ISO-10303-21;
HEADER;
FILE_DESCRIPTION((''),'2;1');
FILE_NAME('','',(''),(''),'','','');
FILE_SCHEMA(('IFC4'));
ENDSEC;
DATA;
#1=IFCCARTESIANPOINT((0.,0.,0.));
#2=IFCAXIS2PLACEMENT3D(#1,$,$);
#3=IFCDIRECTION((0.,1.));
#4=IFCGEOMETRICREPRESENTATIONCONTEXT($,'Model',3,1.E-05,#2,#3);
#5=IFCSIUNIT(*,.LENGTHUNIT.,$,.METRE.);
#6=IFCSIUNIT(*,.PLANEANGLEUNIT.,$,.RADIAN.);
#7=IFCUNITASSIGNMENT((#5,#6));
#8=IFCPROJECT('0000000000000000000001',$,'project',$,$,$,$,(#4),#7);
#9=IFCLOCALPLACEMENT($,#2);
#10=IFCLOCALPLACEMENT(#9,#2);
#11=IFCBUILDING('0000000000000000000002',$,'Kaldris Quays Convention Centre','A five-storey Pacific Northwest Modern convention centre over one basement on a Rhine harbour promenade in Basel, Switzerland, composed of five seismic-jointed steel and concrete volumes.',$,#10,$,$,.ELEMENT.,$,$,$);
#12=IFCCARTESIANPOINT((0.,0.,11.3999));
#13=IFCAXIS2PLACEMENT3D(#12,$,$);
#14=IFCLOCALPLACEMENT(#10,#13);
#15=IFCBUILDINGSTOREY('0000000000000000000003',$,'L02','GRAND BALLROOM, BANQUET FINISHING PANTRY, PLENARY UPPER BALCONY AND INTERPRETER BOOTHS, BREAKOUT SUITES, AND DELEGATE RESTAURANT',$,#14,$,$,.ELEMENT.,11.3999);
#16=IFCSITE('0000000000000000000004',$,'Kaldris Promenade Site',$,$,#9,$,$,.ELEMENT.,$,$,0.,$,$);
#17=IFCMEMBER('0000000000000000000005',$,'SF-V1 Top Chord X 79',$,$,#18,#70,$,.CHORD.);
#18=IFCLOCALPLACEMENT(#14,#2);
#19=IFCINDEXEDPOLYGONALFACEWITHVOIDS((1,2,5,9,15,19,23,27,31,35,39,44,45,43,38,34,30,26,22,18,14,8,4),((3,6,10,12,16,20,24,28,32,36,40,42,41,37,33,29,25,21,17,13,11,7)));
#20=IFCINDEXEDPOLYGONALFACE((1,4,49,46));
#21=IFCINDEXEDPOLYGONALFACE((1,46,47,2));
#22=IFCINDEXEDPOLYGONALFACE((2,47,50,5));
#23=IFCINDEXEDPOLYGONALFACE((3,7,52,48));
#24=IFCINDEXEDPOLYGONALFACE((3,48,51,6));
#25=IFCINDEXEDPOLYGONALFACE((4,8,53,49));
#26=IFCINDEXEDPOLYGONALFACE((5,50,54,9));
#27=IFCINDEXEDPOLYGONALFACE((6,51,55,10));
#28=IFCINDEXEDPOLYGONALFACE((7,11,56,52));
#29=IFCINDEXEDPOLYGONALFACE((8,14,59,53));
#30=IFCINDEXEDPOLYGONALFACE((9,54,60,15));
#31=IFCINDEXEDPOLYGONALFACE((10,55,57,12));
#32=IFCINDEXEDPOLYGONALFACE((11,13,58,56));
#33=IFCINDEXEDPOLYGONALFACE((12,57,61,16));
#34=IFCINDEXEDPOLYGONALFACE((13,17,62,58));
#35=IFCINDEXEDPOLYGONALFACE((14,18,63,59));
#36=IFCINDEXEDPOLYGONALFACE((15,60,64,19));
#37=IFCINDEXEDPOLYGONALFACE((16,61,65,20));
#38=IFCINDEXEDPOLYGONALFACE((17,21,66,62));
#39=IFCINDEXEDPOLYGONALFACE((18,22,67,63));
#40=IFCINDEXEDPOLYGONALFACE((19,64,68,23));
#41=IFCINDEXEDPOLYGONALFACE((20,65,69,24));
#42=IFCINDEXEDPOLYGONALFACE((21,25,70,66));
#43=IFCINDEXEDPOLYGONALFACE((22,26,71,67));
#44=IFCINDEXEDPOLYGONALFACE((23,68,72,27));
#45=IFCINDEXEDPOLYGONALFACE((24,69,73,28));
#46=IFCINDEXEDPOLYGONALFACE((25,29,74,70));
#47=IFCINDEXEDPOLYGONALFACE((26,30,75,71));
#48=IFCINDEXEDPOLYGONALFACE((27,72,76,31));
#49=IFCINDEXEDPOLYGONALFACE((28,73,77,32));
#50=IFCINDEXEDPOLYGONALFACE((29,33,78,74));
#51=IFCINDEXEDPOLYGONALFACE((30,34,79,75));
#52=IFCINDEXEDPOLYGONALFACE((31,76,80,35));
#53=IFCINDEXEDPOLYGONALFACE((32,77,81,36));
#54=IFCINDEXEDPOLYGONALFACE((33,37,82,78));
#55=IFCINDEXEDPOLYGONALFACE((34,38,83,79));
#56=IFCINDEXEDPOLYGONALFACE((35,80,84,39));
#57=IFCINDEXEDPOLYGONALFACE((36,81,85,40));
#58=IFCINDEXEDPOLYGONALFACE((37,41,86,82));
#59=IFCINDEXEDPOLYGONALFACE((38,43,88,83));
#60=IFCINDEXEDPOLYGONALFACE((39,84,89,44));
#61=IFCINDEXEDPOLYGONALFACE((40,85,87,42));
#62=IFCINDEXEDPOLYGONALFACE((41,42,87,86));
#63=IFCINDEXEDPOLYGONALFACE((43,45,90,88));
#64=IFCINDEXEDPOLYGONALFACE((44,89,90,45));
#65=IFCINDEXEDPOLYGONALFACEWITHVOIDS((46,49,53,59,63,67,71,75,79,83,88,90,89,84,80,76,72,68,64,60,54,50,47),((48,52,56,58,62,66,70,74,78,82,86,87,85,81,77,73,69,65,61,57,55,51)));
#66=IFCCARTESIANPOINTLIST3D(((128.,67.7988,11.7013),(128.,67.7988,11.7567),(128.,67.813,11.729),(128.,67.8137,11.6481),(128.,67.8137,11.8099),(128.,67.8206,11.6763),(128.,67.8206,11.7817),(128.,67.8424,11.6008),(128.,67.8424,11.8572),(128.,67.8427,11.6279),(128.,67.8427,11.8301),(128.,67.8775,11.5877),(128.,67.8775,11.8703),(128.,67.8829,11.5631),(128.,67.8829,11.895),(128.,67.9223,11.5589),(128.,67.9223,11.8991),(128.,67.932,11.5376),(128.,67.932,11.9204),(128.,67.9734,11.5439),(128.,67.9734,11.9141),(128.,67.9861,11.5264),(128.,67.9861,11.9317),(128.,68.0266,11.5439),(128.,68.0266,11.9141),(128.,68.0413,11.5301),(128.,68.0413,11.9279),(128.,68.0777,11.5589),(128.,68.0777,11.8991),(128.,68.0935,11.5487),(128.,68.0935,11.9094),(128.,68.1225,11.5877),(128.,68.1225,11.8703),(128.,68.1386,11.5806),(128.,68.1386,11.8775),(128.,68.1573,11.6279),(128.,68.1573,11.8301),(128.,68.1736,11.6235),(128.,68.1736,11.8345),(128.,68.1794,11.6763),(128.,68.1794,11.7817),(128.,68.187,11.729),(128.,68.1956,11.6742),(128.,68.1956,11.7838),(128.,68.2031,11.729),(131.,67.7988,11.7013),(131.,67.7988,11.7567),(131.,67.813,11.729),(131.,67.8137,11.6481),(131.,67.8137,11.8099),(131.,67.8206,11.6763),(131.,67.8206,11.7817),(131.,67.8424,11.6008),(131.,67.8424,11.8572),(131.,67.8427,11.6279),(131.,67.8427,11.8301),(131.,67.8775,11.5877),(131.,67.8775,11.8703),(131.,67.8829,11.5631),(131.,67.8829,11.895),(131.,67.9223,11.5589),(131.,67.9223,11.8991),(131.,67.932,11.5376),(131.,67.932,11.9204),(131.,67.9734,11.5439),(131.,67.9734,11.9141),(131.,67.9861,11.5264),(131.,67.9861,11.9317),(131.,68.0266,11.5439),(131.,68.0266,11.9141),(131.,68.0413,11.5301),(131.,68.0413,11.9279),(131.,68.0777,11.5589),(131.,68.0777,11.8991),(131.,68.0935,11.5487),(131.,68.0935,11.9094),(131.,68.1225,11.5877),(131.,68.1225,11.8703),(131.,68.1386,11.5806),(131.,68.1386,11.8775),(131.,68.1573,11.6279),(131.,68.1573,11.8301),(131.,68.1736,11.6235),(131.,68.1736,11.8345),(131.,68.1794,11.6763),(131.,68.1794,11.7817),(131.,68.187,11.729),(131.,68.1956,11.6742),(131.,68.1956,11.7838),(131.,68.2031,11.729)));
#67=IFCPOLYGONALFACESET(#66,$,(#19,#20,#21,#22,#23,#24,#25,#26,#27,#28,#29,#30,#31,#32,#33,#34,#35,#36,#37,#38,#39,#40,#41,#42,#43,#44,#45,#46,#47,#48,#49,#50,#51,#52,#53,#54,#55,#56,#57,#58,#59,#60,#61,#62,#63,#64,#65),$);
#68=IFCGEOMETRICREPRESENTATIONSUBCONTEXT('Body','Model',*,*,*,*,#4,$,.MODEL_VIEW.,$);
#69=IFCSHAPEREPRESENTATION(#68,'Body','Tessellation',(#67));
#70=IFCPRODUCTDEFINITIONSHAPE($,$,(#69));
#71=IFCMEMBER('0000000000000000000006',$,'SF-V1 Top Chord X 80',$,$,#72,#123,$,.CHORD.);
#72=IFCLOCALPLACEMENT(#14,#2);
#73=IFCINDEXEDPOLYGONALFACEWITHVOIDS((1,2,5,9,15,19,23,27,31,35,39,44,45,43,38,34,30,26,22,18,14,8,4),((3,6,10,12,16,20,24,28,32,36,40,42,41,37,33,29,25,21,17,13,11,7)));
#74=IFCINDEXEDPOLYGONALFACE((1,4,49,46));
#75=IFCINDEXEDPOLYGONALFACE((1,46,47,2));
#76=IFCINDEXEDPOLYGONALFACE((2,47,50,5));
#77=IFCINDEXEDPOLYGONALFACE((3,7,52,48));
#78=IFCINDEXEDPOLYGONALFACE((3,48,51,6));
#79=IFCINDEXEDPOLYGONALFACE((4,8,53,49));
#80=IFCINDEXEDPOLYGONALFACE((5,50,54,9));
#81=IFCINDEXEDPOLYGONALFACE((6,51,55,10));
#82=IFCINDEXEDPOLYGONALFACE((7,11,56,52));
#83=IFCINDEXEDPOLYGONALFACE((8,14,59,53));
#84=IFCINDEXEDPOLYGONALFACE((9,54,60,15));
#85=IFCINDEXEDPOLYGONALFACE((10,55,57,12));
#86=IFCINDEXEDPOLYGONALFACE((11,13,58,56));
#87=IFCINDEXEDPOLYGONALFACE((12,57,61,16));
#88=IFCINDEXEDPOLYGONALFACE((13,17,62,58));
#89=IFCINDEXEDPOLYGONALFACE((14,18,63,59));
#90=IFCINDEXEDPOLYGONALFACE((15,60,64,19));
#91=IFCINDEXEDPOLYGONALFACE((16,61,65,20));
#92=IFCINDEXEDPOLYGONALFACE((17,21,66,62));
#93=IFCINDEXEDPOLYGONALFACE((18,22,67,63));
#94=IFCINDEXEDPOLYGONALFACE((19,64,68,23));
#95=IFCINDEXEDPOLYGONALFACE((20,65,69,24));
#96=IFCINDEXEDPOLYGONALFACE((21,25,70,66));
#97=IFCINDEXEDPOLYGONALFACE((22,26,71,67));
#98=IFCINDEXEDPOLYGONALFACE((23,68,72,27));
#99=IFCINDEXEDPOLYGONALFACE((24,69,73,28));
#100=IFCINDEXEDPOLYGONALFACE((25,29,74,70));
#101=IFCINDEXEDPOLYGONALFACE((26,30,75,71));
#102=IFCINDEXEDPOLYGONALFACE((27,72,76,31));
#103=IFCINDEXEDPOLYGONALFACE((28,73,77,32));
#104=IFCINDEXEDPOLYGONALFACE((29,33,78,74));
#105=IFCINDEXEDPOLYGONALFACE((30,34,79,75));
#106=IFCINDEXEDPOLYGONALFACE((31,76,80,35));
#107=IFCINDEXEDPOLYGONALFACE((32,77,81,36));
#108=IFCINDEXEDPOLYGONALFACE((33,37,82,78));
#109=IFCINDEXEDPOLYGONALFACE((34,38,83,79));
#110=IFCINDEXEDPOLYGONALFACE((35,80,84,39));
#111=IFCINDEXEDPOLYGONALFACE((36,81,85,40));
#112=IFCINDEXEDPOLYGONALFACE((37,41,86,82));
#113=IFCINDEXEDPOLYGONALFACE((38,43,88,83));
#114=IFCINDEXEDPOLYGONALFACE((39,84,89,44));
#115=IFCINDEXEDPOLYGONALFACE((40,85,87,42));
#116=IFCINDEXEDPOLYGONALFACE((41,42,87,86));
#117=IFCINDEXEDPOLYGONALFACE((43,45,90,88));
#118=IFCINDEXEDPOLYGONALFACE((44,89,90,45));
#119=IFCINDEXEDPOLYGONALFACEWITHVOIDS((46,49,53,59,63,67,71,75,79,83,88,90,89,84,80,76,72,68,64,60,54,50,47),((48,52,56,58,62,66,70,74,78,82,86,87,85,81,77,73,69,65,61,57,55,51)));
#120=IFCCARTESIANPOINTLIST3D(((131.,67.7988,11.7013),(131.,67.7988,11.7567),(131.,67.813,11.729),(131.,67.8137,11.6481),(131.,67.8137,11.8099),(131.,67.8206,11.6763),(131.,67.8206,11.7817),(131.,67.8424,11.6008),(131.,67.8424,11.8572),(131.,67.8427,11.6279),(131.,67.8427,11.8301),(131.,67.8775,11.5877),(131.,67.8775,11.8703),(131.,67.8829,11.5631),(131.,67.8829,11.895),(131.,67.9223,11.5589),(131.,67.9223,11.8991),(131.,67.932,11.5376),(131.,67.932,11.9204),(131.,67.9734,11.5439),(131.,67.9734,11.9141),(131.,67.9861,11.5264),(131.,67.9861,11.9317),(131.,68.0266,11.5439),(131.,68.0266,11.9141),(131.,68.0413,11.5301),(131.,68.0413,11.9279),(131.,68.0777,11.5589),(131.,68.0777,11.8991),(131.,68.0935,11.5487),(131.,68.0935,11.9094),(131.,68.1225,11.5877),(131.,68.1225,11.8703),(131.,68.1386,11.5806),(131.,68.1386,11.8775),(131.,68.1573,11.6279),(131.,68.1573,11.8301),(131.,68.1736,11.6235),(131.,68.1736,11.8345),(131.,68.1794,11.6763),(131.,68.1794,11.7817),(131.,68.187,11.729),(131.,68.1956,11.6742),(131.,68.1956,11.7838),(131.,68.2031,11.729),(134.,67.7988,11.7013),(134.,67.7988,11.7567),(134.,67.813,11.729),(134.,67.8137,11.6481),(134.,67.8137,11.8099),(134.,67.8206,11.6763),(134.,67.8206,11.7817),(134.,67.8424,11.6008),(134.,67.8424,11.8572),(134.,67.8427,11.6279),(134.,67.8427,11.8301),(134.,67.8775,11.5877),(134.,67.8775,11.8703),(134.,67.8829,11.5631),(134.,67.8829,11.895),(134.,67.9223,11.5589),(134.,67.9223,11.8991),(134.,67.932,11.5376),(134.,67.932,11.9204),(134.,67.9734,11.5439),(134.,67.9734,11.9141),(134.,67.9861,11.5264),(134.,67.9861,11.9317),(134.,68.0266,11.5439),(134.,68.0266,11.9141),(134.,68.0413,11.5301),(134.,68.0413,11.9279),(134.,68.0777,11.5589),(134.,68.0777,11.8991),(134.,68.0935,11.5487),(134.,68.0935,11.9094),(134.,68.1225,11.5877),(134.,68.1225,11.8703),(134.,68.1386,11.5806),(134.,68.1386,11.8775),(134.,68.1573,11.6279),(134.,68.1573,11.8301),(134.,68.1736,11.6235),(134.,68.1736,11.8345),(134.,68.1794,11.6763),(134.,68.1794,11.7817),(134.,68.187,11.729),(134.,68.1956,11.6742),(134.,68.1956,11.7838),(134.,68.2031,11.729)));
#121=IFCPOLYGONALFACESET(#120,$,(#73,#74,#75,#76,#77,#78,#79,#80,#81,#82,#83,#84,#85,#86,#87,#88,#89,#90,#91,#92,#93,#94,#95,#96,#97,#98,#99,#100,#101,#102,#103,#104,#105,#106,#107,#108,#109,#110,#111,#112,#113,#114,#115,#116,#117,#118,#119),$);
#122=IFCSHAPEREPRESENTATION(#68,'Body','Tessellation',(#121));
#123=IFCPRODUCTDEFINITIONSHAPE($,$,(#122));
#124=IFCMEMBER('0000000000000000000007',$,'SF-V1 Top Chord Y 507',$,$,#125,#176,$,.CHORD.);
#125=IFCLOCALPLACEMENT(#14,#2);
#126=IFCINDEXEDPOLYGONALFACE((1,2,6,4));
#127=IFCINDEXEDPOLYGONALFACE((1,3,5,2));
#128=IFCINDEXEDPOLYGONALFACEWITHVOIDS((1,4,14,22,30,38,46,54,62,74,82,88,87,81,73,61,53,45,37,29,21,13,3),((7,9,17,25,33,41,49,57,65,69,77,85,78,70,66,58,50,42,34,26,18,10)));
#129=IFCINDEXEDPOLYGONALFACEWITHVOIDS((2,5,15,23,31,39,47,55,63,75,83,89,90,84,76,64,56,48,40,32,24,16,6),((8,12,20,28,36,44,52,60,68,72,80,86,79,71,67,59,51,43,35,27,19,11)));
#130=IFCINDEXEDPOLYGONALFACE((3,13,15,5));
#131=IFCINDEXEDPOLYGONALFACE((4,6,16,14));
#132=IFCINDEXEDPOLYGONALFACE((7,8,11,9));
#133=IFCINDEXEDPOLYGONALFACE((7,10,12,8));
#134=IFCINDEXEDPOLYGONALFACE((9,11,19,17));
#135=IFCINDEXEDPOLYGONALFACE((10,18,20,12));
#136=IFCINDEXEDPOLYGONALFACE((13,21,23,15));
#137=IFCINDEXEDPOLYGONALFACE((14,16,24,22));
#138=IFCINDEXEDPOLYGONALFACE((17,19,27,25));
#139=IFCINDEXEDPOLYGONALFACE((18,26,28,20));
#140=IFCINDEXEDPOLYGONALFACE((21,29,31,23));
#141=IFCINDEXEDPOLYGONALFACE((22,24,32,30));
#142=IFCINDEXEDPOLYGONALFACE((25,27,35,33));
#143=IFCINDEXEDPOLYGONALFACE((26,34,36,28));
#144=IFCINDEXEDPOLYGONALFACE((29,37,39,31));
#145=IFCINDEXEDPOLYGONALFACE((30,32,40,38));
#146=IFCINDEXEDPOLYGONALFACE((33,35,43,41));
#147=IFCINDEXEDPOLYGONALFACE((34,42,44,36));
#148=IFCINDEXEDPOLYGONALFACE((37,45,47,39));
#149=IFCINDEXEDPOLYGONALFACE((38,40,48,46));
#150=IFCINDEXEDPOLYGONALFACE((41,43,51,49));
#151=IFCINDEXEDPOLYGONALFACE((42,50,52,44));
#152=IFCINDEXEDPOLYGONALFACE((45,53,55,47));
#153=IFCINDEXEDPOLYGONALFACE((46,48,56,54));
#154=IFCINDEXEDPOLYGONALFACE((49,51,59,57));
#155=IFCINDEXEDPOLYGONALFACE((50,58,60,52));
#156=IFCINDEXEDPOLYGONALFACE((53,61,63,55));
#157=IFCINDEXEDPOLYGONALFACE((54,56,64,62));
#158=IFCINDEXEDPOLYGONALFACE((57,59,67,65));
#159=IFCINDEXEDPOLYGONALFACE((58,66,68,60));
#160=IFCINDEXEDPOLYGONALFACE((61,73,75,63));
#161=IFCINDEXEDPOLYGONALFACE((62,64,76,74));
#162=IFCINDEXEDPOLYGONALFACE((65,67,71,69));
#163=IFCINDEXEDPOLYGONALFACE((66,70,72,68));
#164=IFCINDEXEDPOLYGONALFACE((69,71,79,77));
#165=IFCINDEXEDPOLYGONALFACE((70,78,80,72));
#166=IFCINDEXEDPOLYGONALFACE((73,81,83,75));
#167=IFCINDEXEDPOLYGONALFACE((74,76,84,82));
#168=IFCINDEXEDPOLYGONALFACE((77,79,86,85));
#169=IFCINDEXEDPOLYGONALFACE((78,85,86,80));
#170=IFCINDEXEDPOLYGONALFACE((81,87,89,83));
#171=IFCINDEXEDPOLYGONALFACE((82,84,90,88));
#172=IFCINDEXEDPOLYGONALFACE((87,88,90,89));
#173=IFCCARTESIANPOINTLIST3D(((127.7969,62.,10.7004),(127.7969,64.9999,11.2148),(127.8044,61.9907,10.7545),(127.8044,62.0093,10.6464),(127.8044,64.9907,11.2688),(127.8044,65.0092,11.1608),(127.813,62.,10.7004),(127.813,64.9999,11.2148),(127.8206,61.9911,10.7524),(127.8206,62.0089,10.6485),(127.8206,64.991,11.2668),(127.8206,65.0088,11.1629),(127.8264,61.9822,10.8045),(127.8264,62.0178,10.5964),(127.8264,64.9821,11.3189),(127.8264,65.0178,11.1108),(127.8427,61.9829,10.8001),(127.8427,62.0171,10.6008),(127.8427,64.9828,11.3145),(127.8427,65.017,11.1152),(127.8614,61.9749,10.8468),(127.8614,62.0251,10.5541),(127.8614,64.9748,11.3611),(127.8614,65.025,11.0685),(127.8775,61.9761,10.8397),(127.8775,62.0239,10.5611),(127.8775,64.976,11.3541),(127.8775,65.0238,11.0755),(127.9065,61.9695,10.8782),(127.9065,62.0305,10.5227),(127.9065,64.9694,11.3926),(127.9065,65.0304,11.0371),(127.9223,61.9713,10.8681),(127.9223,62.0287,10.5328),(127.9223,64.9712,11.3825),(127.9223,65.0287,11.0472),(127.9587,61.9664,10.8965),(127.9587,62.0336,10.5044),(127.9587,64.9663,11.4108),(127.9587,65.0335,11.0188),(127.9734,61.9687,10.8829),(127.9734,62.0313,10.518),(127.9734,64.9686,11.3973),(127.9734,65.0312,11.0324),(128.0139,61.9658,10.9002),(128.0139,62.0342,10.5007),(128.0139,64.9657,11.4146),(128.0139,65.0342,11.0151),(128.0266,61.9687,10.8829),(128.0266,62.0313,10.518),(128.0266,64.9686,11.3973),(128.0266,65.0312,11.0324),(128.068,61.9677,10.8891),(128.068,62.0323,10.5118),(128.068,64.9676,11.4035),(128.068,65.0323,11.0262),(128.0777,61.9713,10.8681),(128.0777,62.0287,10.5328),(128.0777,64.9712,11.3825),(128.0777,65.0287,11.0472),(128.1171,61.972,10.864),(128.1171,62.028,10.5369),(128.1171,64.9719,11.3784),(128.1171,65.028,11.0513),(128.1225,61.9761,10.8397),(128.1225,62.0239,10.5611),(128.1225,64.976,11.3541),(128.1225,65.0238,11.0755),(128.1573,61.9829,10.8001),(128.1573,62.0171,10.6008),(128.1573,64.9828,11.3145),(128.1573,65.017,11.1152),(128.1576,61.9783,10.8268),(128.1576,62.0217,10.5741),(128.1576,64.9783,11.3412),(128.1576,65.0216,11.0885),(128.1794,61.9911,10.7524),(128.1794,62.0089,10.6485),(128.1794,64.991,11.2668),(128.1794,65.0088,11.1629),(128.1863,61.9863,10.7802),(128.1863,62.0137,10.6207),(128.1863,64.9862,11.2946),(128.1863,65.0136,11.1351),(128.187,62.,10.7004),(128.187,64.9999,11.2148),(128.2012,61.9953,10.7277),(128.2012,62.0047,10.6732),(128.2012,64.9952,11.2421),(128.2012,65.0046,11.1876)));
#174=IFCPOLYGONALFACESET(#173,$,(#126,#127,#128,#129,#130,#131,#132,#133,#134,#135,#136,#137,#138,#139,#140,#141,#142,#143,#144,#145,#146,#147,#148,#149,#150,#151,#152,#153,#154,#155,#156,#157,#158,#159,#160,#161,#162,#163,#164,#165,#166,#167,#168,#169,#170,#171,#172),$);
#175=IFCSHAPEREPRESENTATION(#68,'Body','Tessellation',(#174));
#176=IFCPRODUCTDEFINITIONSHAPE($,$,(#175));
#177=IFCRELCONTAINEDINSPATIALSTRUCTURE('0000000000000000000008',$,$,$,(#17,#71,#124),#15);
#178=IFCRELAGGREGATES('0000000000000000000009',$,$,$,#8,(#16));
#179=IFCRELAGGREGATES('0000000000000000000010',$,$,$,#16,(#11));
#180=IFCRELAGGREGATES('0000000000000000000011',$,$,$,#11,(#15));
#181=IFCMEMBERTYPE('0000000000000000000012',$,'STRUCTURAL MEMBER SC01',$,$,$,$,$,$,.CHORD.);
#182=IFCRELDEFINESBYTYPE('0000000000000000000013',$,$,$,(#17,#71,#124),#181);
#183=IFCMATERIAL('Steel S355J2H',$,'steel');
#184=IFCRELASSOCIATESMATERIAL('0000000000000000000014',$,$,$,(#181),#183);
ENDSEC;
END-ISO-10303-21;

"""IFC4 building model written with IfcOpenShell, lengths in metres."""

from ifc_helpers import new_model, si_unit, direction, frame, origin, origin_2d, place, context, subcontext, project, spatial, hollow_circle, extrude, material, material_profile, profile_set, type_object, element, save


model = new_model("IFC4")

# Units and contexts
model_context = context("Model", 3, precision=1e-05, world=origin(), true_north=direction((0.0, 1.0)))
body_context = subcontext(model_context, "Body", "Model", "MODEL_VIEW")
ifc_project = project(units=[si_unit("LENGTHUNIT", "METRE"), si_unit("PLANEANGLEUNIT", "RADIAN")], contexts=[model_context])

# Site, building, storey
site_placement = place(None, origin())
site = spatial("IfcSite", under=ifc_project, at=site_placement, Name="Kaldris Promenade Site", CompositionType="ELEMENT", RefElevation=0.0)
building_placement = place(site_placement, origin())
building = spatial("IfcBuilding", under=site, at=building_placement, Name="Kaldris Quays Convention Centre", Description="A five-storey Pacific Northwest Modern convention centre over one basement on a Rhine harbour promenade in Basel, Switzerland, composed of five seismic-jointed steel and concrete volumes.", CompositionType="ELEMENT")
storey_placement = place(building_placement, frame((0.0, 0.0, 11.3999)))
storey = spatial("IfcBuildingStorey", under=building, at=storey_placement, Name="L02", Description="GRAND BALLROOM, BANQUET FINISHING PANTRY, PLENARY UPPER BALCONY AND INTERPRETER BOOTHS, BREAKOUT SUITES, AND DELEGATE RESTAURANT", CompositionType="ELEMENT", Elevation=11.3999)

# Members
ifc_material_1 = material(Name="Steel S355J2H", Category="steel")
ifc_material_profile_1 = material_profile(ifc_material_1, hollow_circle(Radius=0.2031, WallThickness=0.0161, at=origin_2d()), Name="CHS 406.4x16")
ifc_profile_set_1 = profile_set([ifc_material_profile_1], Name="Steel S355J2H")
member_type_1 = type_object("IfcMemberType", Name="STRUCTURAL MEMBER SC01", PredefinedType="CHORD", material=ifc_profile_set_1)
for number, where, z_axis, x_axis, name in (
    (1, (128.0, 68.0, 11.729), (1.0, 0.0, 0.0), (0.0, 1.0, 0.0), "SF-V1 Top Chord X 79"),
    (2, (131.0, 68.0, 11.729), (1.0, 0.0, 0.0), (0.0, 1.0, 0.0), "SF-V1 Top Chord X 80"),
):
    element("IfcMember", number, at=place(storey_placement, frame(where, z_axis=z_axis, x_axis=x_axis)), inside=storey, type_object=member_type_1, Name=name, PredefinedType="CHORD", context=body_context, shape_type="SweptSolid", body=[
        extrude(hollow_circle(Radius=0.2031, WallThickness=0.0161, at=origin_2d()), origin(), (0.0, 0.0, 1.0), 3.0),
    ])
for number, where, z_axis, x_axis, name in (
    (3, (128.0, 62.0, 10.7004), (0.0, 0.985616, 0.169002), (-1.0, 0.0, 0.0), "SF-V1 Top Chord Y 507"),
):
    element("IfcMember", number, at=place(storey_placement, frame(where, z_axis=z_axis, x_axis=x_axis)), inside=storey, type_object=member_type_1, Name=name, PredefinedType="CHORD", context=body_context, shape_type="SweptSolid", body=[
        extrude(hollow_circle(Radius=0.2031, WallThickness=0.0161, at=origin_2d()), origin(), (0.0, 0.0, 1.0), 3.0437),
    ])

save(model, "model.ifc")
